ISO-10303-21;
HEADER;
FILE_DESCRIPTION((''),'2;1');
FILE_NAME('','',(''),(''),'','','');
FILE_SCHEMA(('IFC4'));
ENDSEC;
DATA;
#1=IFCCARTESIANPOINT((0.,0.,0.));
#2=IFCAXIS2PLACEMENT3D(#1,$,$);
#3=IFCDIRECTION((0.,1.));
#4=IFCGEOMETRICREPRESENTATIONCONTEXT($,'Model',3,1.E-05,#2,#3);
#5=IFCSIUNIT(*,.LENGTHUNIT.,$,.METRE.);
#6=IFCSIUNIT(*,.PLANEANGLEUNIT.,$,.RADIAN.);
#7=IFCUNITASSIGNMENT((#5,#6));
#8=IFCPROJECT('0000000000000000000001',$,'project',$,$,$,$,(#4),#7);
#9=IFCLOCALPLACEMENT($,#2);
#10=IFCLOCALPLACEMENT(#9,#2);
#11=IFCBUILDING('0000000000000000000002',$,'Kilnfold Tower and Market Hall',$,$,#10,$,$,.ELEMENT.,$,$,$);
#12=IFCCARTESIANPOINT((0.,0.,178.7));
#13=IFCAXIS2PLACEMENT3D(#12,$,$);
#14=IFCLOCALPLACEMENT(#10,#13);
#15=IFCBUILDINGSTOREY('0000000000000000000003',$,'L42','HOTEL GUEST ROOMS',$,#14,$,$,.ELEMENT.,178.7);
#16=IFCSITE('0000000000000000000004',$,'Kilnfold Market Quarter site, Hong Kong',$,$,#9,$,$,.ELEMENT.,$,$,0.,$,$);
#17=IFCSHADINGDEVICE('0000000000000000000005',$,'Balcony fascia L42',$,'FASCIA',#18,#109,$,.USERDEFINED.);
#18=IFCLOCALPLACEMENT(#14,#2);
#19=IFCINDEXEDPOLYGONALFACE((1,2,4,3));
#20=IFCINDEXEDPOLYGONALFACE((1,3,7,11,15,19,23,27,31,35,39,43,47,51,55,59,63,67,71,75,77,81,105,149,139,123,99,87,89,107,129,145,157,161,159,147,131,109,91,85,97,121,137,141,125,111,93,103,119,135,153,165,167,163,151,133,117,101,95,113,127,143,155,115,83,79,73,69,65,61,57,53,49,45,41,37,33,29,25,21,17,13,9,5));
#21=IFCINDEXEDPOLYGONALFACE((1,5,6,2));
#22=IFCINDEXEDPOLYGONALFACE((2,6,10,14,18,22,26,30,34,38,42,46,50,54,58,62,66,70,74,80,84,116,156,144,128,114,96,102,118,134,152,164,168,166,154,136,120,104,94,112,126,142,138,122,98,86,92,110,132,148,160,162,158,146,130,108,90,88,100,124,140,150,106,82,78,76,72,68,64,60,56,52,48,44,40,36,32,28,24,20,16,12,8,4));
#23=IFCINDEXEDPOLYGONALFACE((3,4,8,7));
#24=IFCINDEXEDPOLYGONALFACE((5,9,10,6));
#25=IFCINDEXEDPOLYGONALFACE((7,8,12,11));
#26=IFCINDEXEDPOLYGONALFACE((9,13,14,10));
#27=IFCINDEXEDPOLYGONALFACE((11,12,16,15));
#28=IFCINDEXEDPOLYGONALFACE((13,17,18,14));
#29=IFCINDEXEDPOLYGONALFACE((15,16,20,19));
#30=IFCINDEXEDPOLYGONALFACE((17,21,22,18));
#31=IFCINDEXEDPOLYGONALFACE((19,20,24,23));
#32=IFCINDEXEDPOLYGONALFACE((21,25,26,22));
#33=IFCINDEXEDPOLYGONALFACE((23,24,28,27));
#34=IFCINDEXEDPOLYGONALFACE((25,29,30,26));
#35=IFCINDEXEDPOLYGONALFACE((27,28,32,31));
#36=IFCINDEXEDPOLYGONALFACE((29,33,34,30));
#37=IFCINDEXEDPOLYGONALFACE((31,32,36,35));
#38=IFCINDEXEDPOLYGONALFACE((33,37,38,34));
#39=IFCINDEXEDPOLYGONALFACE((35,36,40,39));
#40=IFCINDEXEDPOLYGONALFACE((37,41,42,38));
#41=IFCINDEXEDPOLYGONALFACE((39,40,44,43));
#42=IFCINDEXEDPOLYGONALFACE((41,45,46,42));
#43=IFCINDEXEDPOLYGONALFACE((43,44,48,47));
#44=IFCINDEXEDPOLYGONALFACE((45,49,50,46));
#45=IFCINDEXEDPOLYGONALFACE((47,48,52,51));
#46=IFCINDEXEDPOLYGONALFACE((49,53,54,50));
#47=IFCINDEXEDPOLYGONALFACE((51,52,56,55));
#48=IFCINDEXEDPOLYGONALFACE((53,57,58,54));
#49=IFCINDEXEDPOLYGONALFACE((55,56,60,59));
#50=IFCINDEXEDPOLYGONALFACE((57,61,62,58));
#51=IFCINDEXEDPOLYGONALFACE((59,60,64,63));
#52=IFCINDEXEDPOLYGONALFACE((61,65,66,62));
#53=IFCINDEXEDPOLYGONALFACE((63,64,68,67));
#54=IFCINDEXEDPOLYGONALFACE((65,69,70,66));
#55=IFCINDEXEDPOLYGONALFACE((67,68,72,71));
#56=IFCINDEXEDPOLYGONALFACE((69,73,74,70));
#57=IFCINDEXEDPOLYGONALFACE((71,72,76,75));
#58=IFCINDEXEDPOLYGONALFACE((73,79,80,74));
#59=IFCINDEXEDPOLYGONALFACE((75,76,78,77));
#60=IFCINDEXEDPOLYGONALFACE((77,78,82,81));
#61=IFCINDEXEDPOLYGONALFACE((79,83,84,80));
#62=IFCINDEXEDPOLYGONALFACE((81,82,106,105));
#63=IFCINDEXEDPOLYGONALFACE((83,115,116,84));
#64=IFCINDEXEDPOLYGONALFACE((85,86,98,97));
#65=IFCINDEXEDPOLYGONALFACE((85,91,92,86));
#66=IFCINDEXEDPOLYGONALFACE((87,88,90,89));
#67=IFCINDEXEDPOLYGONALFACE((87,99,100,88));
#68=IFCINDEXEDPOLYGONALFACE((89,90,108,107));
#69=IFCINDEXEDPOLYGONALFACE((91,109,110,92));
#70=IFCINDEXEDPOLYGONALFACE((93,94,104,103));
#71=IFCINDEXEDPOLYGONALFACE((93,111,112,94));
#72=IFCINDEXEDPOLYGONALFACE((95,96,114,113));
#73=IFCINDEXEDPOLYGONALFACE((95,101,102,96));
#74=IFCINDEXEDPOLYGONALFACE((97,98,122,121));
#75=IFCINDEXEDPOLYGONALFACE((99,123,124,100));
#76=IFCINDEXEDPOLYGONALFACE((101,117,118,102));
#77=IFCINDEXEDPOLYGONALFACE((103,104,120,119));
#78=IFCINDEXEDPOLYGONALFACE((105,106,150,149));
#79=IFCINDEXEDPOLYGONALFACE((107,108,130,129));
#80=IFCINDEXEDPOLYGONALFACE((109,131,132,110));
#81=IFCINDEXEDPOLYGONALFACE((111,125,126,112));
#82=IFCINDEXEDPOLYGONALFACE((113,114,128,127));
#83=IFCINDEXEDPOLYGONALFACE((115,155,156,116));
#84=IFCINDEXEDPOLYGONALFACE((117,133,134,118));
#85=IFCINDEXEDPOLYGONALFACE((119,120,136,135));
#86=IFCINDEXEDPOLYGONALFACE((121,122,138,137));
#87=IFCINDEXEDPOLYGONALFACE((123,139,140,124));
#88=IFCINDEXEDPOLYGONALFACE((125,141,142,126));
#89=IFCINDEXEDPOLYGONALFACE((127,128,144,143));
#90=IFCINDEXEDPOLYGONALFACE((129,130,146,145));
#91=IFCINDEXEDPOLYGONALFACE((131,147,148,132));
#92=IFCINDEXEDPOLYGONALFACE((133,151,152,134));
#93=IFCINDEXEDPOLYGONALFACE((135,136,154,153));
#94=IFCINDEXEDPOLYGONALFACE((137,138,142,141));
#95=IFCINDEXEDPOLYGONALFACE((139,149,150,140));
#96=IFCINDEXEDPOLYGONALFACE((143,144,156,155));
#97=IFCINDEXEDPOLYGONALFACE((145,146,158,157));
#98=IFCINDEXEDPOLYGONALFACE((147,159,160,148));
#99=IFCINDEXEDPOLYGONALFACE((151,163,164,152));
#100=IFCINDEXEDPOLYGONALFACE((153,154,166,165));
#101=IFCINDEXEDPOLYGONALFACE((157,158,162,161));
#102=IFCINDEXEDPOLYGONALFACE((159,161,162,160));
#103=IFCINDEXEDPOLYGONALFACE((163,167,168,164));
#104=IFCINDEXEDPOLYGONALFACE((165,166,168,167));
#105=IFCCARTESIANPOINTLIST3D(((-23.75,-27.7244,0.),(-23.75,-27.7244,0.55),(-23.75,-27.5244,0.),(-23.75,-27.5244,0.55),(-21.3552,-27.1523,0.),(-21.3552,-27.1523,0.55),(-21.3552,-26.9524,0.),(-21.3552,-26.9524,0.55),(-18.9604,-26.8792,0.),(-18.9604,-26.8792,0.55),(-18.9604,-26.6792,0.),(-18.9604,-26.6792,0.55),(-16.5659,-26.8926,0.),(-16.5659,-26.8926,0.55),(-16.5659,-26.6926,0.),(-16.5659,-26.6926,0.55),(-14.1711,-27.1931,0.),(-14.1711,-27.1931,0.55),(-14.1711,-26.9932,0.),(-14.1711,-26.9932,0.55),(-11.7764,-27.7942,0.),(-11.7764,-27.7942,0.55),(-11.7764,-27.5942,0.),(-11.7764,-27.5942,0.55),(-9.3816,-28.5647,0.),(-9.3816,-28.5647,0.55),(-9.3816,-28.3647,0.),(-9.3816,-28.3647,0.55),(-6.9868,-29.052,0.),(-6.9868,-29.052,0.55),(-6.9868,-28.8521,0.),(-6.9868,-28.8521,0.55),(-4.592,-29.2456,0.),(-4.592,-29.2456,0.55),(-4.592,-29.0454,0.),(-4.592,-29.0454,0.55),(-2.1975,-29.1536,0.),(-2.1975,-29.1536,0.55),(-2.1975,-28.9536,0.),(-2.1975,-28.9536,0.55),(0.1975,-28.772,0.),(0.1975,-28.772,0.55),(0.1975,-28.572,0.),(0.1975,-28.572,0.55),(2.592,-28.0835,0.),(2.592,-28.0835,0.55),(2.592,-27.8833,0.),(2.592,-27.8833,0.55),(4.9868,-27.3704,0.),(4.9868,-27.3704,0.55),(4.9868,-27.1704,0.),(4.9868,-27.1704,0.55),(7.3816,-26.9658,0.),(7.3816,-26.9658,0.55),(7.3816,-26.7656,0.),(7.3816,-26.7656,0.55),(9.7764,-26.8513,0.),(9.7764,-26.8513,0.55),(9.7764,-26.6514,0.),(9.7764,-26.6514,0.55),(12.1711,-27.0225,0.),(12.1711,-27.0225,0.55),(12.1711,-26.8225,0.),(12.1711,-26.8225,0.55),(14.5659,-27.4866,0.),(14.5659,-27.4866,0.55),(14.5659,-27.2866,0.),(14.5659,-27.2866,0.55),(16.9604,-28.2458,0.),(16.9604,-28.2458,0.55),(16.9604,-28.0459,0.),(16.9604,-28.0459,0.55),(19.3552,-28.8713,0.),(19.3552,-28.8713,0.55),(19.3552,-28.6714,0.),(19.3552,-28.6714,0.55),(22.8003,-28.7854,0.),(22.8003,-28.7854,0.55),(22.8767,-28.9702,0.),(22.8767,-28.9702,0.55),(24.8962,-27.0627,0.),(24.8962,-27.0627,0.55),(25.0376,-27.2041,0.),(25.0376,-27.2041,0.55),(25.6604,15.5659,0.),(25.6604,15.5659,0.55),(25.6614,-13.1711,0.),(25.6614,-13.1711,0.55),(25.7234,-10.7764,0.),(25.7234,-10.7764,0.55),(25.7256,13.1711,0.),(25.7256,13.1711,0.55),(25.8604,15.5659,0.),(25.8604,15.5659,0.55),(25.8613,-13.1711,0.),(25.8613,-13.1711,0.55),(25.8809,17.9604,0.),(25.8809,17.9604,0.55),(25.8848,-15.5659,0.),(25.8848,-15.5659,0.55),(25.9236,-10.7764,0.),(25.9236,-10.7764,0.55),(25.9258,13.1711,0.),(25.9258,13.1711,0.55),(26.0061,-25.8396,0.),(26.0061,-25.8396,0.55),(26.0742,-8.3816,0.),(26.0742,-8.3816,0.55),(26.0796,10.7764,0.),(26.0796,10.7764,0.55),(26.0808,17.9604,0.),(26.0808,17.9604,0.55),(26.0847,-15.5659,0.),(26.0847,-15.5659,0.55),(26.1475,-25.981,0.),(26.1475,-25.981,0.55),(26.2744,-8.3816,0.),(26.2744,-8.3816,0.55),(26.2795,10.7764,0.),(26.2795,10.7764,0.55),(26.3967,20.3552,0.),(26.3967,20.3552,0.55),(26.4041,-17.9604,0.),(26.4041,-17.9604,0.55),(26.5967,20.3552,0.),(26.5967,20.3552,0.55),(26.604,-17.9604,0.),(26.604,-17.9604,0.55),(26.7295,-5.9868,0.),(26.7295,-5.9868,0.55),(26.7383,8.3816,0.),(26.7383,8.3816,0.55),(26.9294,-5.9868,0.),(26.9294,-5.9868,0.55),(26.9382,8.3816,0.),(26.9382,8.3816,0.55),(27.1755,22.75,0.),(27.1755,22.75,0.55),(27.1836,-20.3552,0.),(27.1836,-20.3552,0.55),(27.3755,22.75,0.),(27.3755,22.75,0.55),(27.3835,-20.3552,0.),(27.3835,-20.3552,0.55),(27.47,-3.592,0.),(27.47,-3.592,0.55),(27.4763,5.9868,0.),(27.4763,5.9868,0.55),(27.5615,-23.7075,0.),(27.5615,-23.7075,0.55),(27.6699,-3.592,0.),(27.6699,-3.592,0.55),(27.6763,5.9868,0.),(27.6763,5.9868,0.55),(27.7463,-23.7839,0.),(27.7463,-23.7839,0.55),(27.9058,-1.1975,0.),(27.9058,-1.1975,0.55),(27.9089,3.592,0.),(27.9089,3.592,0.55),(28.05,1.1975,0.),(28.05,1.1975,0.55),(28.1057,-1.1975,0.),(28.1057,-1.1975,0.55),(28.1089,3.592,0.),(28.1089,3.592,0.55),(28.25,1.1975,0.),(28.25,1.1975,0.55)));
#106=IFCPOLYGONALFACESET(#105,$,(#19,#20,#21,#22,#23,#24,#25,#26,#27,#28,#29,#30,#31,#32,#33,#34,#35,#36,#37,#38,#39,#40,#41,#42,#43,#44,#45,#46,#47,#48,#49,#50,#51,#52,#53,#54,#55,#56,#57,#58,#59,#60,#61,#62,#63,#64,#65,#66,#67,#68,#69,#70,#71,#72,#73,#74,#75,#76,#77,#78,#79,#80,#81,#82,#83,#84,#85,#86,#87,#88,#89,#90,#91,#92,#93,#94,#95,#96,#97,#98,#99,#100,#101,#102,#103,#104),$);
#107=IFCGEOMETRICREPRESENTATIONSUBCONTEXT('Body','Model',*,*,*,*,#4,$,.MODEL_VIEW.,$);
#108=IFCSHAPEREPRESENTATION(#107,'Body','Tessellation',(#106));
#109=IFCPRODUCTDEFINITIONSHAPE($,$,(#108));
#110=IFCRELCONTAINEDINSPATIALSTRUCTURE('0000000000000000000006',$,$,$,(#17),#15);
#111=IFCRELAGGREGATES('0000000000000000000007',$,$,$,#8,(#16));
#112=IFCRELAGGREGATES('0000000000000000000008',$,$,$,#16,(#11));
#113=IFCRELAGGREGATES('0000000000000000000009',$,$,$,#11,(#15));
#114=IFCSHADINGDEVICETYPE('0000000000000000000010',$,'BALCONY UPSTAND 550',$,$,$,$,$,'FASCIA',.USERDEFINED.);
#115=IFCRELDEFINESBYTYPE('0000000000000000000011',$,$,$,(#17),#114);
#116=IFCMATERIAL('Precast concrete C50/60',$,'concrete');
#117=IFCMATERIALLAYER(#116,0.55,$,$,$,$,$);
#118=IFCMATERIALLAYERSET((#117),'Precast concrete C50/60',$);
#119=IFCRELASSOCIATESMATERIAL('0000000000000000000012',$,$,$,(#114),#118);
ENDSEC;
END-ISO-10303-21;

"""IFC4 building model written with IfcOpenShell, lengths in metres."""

from ifc_helpers import new_model, si_unit, direction, frame, origin, place, context, subcontext, project, spatial, polyline, outline, extrude, source, transform, mapped, material, layer, layer_set, type_object, element, save


model = new_model("IFC4")

# Units and contexts
model_context = context("Model", 3, precision=1e-05, world=origin(), true_north=direction((0.0, 1.0)))
body_context = subcontext(model_context, "Body", "Model", "MODEL_VIEW")
ifc_project = project(units=[si_unit("LENGTHUNIT", "METRE"), si_unit("PLANEANGLEUNIT", "RADIAN")], contexts=[model_context])

# Site, building, storey
site_placement = place(None, origin())
site = spatial("IfcSite", under=ifc_project, at=site_placement, Name="Kilnfold Market Quarter site, Hong Kong", CompositionType="ELEMENT", RefElevation=0.0)
building_placement = place(site_placement, origin())
building = spatial("IfcBuilding", under=site, at=building_placement, Name="Kilnfold Tower and Market Hall", CompositionType="ELEMENT")
storey_placement = place(building_placement, frame((0.0, 0.0, 178.7)))
storey = spatial("IfcBuildingStorey", under=building, at=storey_placement, Name="L42", Description="HOTEL GUEST ROOMS", CompositionType="ELEMENT", Elevation=178.7)

# Shading device
ifc_material_1 = material(Name="Precast concrete C50/60", Category="concrete")
ifc_layer_1 = layer(ifc_material_1, 0.55)
ifc_layer_set_1 = layer_set([ifc_layer_1], Name="Precast concrete C50/60")
shading_device_type_1 = type_object("IfcShadingDeviceType", Name="BALCONY UPSTAND 550", ElementType="FASCIA", PredefinedType="USERDEFINED", material=ifc_layer_set_1)
shared_shape_1 = source(origin(), body_context, "Body", "SweptSolid", [
    extrude(outline(polyline([(-23.75, -27.7244), (-21.3552, -27.1523), (-18.9604, -26.8792), (-16.5659, -26.8926), (-14.1711, -27.1931), (-11.7764, -27.7942), (-9.3816, -28.5647), (-6.9868, -29.052), (-4.592, -29.2456), (-2.1975, -29.1536), (0.1975, -28.772), (2.592, -28.0835), (4.9868, -27.3704), (7.3816, -26.9658), (9.7764, -26.8513), (12.1711, -27.0225), (14.5659, -27.4866), (16.9604, -28.2458), (19.3552, -28.8713), (22.8767, -28.9702), (25.0376, -27.2041), (26.1475, -25.981), (27.7463, -23.7839), (27.3835, -20.3552), (26.604, -17.9604), (26.0847, -15.5659), (25.8613, -13.1711), (25.9236, -10.7764), (26.2744, -8.3816), (26.9294, -5.9868), (27.6699, -3.592), (28.1057, -1.1975), (28.25, 1.1975), (28.1089, 3.592), (27.6763, 5.9868), (26.9382, 8.3816), (26.2795, 10.7764), (25.9258, 13.1711), (25.8604, 15.5659), (26.0808, 17.9604), (26.5967, 20.3552), (27.3755, 22.75), (27.1755, 22.75), (26.3967, 20.3552), (25.8809, 17.9604), (25.6604, 15.5659), (25.7256, 13.1711), (26.0796, 10.7764), (26.7383, 8.3816), (27.4763, 5.9868), (27.9089, 3.592), (28.05, 1.1975), (27.9058, -1.1975), (27.47, -3.592), (26.7295, -5.9868), (26.0742, -8.3816), (25.7234, -10.7764), (25.6614, -13.1711), (25.8848, -15.5659), (26.4041, -17.9604), (27.1836, -20.3552), (27.5615, -23.7075), (26.0061, -25.8396), (24.8962, -27.0627), (22.8003, -28.7854), (19.3552, -28.6714), (16.9604, -28.0459), (14.5659, -27.2866), (12.1711, -26.8225), (9.7764, -26.6514), (7.3816, -26.7656), (4.9868, -27.1704), (2.592, -27.8833), (0.1975, -28.572), (-2.1975, -28.9536), (-4.592, -29.0454), (-6.9868, -28.8521), (-9.3816, -28.3647), (-11.7764, -27.5942), (-14.1711, -26.9932), (-16.5659, -26.6926), (-18.9604, -26.6792), (-21.3552, -26.9524), (-23.75, -27.5244), (-23.75, -27.7244)])), origin(), (0.0, 0.0, 1.0), 0.55),
])
shading_device_1_placement = place(storey_placement, origin())
element("IfcShadingDevice", 1, at=shading_device_1_placement, inside=storey, type_object=shading_device_type_1, Name="Balcony fascia L42", ObjectType="FASCIA", PredefinedType="USERDEFINED", context=body_context, shape_type="MappedRepresentation", body=[
    mapped(shared_shape_1, transform((0.0, 0.0, 0.0))),
])

save(model, "model.ifc")
